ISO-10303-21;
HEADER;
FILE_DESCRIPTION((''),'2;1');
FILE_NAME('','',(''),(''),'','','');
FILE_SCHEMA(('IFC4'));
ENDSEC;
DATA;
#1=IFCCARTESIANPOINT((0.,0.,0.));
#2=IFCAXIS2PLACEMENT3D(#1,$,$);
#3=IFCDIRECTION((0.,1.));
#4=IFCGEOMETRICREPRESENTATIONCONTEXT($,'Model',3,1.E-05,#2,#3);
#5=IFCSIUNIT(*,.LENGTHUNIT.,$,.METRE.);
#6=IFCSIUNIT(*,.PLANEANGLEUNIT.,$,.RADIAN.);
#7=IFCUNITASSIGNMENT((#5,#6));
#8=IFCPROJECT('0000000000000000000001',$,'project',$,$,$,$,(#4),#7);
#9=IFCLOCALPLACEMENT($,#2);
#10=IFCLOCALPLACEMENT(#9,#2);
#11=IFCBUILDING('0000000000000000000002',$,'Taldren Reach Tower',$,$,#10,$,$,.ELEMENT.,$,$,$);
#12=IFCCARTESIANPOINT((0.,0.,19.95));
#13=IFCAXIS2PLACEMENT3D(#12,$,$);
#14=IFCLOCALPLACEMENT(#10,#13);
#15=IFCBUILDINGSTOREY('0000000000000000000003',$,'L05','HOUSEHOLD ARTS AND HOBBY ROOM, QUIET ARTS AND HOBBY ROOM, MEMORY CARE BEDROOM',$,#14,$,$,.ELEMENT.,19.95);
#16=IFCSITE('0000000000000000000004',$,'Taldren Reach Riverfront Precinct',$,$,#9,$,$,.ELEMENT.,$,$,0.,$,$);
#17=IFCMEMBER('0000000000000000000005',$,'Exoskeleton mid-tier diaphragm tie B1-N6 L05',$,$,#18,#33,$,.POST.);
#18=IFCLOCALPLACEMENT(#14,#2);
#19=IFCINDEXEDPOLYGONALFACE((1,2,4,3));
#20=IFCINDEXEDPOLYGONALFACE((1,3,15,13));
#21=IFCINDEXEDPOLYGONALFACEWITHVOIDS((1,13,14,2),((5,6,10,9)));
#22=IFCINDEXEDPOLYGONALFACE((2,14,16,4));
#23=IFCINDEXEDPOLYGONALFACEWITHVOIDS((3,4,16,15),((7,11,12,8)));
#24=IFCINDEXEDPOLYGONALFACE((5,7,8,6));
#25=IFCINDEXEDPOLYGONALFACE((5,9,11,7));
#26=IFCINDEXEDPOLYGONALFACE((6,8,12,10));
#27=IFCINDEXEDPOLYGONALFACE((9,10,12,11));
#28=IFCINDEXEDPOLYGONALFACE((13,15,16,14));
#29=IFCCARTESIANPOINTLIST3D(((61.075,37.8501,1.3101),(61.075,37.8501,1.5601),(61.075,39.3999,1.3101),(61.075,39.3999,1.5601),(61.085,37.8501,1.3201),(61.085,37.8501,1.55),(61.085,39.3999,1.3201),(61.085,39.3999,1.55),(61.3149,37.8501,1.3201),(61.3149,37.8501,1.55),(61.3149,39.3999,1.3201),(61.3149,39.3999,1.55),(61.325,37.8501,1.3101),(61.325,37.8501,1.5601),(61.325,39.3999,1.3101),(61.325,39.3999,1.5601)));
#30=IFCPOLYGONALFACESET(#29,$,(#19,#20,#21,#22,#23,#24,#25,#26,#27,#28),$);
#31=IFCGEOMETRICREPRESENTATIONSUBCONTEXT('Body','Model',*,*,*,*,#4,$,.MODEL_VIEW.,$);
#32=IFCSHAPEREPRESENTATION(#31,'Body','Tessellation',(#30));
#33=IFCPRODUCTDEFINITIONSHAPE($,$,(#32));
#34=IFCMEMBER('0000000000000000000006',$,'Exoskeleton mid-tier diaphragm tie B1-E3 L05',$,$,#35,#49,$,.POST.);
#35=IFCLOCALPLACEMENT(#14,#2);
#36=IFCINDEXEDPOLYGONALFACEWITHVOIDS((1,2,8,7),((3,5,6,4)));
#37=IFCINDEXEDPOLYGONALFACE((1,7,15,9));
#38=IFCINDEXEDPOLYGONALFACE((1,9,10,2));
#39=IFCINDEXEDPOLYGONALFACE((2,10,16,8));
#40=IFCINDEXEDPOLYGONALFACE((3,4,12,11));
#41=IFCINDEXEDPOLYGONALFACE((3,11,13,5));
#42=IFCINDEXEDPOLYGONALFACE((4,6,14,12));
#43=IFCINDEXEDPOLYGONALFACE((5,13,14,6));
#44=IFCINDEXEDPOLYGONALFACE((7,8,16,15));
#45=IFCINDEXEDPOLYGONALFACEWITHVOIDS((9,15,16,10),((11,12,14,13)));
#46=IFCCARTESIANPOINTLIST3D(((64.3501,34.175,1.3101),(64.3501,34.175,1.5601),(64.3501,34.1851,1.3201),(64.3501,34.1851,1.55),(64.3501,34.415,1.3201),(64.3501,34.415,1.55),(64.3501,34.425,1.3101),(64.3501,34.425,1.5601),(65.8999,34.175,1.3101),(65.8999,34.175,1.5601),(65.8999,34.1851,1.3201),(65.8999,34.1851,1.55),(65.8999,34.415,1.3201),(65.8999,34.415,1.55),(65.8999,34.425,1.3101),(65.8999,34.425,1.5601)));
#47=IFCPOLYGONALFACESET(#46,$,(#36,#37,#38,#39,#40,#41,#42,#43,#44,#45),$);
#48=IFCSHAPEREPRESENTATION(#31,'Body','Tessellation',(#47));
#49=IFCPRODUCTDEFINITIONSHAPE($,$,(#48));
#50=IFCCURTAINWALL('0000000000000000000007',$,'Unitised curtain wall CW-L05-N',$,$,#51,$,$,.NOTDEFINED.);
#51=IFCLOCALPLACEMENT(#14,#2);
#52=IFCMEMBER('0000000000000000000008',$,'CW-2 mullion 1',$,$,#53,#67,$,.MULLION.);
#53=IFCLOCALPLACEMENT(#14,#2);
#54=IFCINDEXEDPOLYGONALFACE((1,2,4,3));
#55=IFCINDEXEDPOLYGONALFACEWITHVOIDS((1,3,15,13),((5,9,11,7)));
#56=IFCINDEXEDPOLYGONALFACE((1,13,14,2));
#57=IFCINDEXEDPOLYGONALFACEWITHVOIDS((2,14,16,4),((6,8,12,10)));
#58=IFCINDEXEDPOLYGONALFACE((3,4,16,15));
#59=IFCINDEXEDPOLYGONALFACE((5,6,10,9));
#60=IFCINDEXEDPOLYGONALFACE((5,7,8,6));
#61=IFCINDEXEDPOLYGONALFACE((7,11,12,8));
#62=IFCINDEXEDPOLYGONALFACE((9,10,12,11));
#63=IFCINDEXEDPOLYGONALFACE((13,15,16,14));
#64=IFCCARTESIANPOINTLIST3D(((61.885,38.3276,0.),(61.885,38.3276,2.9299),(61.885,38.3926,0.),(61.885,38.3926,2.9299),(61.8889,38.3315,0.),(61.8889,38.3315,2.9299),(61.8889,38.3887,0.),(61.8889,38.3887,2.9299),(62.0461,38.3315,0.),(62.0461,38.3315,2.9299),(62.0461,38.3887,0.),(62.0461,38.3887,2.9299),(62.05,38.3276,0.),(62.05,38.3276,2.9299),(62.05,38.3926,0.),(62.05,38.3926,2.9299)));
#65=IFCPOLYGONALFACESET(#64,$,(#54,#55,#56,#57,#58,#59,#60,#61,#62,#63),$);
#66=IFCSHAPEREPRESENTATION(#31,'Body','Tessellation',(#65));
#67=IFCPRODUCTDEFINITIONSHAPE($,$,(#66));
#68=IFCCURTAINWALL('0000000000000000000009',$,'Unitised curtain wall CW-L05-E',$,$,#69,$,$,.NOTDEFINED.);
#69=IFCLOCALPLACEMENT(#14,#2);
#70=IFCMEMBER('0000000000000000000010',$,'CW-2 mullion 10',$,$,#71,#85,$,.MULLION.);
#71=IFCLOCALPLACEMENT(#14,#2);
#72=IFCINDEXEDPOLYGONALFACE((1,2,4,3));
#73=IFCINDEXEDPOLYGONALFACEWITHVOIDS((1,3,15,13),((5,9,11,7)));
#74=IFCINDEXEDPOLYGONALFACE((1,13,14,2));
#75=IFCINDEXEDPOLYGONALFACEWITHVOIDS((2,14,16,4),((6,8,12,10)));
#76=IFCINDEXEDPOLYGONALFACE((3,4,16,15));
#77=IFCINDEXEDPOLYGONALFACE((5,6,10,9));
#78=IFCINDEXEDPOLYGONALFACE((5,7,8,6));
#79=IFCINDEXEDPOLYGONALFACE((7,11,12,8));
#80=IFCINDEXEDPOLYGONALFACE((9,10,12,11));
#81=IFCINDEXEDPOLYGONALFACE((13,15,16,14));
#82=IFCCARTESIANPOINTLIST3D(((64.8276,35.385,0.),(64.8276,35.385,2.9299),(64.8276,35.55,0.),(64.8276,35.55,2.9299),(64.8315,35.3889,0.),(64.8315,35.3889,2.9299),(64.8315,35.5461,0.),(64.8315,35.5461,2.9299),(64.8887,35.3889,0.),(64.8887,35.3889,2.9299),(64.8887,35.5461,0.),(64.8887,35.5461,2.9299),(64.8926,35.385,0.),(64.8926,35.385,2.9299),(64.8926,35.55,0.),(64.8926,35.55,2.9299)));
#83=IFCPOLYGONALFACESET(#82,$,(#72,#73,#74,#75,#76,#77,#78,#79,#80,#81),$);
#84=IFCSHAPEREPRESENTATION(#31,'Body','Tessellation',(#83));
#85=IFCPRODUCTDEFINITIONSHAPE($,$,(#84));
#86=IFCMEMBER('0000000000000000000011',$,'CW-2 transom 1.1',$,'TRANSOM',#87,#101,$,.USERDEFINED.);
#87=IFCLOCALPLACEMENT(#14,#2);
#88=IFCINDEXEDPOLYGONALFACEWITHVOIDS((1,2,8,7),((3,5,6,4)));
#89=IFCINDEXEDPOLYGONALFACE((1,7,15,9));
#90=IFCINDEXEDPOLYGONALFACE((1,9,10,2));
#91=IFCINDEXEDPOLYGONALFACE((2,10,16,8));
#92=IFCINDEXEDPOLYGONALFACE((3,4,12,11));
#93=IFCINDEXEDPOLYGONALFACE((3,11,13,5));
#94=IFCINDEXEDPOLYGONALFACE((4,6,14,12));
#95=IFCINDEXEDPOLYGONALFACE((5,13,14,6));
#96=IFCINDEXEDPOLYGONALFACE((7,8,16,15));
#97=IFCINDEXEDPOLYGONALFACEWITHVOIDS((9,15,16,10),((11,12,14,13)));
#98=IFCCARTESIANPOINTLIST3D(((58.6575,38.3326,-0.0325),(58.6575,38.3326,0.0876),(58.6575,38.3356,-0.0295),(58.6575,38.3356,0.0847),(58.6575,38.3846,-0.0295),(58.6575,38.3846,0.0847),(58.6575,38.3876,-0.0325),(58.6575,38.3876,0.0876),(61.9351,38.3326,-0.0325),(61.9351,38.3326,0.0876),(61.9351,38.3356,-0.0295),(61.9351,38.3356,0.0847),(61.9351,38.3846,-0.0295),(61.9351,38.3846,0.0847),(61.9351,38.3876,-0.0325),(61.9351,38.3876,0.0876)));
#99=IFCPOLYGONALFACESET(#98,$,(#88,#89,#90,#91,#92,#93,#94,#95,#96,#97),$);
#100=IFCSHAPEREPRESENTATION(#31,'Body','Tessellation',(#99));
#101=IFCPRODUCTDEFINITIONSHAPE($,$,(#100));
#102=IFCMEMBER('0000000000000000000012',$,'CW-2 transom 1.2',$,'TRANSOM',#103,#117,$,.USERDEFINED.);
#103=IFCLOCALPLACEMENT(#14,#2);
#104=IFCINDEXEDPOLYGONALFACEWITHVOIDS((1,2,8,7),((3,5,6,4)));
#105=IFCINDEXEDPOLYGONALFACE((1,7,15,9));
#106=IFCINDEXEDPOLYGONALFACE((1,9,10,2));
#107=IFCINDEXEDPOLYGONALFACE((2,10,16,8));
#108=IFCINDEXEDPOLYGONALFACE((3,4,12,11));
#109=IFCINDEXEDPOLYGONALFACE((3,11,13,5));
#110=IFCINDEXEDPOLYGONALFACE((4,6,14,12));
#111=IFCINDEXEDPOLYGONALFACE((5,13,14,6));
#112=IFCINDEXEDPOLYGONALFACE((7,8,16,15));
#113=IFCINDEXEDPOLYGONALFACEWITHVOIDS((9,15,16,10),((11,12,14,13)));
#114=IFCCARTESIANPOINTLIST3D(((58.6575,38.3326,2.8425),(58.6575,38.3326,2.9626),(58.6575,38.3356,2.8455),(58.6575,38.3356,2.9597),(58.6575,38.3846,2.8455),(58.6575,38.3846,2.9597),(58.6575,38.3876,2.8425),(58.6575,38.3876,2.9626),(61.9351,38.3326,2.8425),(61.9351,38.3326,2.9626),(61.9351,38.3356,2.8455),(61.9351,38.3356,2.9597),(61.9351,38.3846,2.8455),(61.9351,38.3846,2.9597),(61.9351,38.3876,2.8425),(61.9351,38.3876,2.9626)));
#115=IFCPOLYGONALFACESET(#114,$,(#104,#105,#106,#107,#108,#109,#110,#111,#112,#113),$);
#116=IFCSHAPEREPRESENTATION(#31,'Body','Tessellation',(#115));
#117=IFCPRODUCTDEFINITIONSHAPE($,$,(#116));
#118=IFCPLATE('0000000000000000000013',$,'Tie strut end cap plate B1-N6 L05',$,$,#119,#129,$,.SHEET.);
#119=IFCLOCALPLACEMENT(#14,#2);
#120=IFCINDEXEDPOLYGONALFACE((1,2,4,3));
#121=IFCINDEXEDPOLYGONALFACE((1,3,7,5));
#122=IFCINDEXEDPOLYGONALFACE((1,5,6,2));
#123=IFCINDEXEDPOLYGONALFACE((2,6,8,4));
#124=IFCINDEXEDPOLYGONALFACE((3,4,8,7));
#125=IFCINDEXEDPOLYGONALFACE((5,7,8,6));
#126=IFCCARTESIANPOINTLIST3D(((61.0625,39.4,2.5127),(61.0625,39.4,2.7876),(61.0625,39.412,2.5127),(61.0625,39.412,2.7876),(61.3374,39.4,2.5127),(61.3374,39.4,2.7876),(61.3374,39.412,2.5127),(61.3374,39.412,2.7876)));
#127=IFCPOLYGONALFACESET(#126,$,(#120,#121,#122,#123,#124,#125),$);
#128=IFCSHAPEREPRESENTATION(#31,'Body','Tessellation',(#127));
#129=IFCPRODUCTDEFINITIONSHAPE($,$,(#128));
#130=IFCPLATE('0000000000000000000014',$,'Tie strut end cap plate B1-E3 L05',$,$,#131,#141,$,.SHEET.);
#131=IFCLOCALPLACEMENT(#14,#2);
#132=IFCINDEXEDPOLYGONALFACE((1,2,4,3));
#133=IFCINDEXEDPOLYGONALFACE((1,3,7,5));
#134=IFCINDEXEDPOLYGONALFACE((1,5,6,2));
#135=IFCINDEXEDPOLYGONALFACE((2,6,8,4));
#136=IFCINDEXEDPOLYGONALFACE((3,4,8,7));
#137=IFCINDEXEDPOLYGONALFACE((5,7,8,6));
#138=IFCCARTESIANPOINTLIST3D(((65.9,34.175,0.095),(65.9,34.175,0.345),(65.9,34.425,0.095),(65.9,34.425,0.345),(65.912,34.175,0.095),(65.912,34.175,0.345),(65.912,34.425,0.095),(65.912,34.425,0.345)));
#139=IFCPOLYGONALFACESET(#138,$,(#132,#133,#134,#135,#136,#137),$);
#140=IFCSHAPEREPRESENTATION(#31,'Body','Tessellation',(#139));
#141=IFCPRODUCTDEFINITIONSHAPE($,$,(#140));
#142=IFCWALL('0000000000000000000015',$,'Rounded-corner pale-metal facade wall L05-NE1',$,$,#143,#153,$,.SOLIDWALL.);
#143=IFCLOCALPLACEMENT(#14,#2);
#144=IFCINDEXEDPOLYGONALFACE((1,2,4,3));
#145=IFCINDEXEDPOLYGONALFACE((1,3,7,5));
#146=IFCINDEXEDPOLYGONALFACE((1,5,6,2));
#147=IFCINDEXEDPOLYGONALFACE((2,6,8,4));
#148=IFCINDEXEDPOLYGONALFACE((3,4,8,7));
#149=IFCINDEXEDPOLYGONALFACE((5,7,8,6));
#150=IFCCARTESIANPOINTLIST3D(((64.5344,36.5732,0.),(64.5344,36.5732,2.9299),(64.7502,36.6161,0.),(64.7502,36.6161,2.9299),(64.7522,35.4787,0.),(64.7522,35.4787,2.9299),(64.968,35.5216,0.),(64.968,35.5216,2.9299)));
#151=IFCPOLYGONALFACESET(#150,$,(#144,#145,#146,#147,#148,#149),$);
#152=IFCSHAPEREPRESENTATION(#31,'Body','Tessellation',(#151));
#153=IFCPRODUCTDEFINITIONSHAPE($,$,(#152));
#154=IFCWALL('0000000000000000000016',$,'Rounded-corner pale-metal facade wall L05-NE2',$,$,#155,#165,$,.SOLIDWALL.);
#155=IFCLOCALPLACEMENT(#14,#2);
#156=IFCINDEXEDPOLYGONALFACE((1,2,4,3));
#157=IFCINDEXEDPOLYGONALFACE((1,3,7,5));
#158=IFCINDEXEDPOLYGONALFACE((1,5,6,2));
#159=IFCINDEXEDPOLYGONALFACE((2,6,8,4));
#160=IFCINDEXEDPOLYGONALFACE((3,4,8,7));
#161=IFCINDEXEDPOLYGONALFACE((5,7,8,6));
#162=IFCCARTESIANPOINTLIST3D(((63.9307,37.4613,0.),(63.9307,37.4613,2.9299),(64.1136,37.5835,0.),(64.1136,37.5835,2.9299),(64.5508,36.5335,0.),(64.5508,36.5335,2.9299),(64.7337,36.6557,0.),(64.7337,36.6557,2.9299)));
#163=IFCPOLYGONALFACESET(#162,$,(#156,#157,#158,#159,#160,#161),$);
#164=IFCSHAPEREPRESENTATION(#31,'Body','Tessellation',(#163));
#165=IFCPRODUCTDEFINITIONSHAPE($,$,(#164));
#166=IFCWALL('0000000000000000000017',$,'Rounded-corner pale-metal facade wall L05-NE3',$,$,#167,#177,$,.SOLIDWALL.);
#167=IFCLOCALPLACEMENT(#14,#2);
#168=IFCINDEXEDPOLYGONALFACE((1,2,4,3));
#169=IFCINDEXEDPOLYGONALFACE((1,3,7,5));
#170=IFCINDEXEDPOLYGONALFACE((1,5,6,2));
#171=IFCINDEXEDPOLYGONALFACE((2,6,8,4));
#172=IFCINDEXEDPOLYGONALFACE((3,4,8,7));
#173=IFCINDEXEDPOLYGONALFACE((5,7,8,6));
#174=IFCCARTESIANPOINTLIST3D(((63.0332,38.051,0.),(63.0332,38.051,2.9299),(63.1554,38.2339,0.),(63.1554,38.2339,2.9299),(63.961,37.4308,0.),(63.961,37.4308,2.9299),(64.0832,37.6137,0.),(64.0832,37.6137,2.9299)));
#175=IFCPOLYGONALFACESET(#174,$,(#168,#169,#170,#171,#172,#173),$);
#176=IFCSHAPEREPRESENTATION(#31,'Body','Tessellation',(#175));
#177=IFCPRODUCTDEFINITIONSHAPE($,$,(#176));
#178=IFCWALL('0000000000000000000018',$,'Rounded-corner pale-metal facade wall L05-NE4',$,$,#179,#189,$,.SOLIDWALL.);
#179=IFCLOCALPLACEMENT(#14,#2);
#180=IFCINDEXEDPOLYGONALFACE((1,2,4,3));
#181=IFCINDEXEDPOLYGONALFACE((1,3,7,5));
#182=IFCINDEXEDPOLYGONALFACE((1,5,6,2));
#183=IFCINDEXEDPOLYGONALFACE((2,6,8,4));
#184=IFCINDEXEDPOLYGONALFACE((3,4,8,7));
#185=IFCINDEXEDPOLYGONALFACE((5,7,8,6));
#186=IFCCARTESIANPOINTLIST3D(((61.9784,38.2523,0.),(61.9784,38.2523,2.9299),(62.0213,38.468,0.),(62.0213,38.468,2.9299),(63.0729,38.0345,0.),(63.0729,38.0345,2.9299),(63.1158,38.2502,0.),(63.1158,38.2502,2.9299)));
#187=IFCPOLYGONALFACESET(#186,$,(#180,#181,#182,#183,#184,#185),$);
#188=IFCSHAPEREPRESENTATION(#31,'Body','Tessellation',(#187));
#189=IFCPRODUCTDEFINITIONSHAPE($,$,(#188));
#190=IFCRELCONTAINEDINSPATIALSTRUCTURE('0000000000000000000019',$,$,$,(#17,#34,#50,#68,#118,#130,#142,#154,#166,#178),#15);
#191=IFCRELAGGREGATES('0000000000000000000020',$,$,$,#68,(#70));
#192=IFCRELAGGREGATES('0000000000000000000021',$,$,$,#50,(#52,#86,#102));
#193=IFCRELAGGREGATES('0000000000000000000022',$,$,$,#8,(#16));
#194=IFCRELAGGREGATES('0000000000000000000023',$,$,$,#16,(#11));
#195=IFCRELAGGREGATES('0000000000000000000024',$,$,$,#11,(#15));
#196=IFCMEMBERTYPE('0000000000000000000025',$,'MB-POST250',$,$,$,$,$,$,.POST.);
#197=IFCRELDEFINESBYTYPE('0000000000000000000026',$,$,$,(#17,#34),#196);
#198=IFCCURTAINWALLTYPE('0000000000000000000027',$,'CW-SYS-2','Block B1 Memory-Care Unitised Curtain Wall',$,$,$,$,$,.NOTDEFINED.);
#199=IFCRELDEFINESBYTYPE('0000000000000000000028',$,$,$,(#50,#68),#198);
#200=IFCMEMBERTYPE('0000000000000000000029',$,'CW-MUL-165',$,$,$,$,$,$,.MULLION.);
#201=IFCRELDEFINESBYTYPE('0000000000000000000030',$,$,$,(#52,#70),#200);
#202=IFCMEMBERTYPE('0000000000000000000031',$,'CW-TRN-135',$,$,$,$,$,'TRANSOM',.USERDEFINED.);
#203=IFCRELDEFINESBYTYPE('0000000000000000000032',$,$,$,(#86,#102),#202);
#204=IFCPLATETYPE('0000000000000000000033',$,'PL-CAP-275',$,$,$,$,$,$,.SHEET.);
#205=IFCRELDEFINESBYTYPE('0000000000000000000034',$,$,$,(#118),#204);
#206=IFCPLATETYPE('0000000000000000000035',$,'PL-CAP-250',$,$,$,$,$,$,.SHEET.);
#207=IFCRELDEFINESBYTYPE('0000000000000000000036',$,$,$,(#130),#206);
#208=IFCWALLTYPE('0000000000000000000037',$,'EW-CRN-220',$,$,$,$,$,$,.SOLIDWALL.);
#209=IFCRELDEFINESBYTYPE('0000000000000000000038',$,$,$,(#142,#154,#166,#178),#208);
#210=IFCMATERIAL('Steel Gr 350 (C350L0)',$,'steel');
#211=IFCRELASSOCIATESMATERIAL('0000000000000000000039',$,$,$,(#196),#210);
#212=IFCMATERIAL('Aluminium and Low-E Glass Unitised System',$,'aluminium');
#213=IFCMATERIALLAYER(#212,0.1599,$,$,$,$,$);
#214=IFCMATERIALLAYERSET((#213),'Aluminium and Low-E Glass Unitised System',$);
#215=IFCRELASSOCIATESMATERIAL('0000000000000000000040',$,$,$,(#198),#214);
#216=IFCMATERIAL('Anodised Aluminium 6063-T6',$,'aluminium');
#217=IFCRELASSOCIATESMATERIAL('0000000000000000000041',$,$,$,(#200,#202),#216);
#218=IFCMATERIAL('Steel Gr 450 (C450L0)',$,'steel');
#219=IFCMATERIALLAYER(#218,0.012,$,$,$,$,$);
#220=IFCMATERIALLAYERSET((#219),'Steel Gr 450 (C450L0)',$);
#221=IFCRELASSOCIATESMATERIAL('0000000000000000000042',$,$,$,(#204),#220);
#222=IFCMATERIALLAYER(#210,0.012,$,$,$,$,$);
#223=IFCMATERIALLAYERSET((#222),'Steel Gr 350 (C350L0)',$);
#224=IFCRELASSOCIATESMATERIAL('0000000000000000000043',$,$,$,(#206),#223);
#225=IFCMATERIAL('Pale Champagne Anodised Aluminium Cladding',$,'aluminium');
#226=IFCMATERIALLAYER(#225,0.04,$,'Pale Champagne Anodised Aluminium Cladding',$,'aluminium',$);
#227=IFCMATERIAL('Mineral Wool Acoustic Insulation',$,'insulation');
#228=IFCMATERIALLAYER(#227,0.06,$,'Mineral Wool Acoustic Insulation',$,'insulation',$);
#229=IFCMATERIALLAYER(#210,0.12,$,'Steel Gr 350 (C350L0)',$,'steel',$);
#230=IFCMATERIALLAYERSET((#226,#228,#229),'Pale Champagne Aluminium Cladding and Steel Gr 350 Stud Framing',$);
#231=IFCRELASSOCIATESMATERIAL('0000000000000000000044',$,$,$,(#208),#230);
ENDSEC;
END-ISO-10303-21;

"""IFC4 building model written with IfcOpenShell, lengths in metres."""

from ifc_helpers import new_model, si_unit, direction, frame, frame_2d, origin, origin_2d, place, context, subcontext, project, spatial, rectangle, hollow_rectangle, extrude, source, transform, mapped, material, layer, layer_set, material_profile, profile_set, type_object, element, aggregate, save


model = new_model("IFC4")

# Units and contexts
model_context = context("Model", 3, precision=1e-05, world=origin(), true_north=direction((0.0, 1.0)))
body_context = subcontext(model_context, "Body", "Model", "MODEL_VIEW")
ifc_project = project(units=[si_unit("LENGTHUNIT", "METRE"), si_unit("PLANEANGLEUNIT", "RADIAN")], contexts=[model_context])

# Site, building, storey
site_placement = place(None, origin())
site = spatial("IfcSite", under=ifc_project, at=site_placement, Name="Taldren Reach Riverfront Precinct", CompositionType="ELEMENT", RefElevation=0.0)
building_placement = place(site_placement, origin())
building = spatial("IfcBuilding", under=site, at=building_placement, Name="Taldren Reach Tower", CompositionType="ELEMENT")
storey_placement = place(building_placement, frame((0.0, 0.0, 19.95)))
storey = spatial("IfcBuildingStorey", under=building, at=storey_placement, Name="L05", Description="HOUSEHOLD ARTS AND HOBBY ROOM, QUIET ARTS AND HOBBY ROOM, MEMORY CARE BEDROOM", CompositionType="ELEMENT", Elevation=19.95)

# Members
ifc_material_1 = material(Name="Steel Gr 450 (C450L0)", Category="steel")
ifc_material_2 = material(Name="Steel Gr 350 (C350L0)", Category="steel")
ifc_material_profile_1 = material_profile(ifc_material_2, hollow_rectangle(XDim=0.25, YDim=0.25, WallThickness=0.01, at=origin_2d()), Name="250x250x10.0SHS")
ifc_profile_set_1 = profile_set([ifc_material_profile_1], Name="Steel Gr 350 (C350L0)")
member_type_1 = type_object("IfcMemberType", Name="MB-POST250", PredefinedType="POST", material=ifc_profile_set_1)
shared_shape_1 = source(origin(), body_context, "Body", "SweptSolid", [
    extrude(hollow_rectangle(XDim=0.25, YDim=0.25, WallThickness=0.01, at=origin_2d()), origin(), (0.0, 0.0, 1.0), 1.5498),
])
for number, where, z_axis, x_axis, name in (
    (1, (61.2, 37.8501, 1.4351), (0.0, 1.0, 0.0), (-1.0, 0.0, 0.0), "Exoskeleton mid-tier diaphragm tie B1-N6 L05"),
    (2, (64.3501, 34.3, 1.4351), (1.0, 0.0, 0.0), (0.0, 1.0, 0.0), "Exoskeleton mid-tier diaphragm tie B1-E3 L05"),
):
    element("IfcMember", number, at=place(storey_placement, frame(where, z_axis=z_axis, x_axis=x_axis)), inside=storey, type_object=member_type_1, Name=name, PredefinedType="POST", context=body_context, shape_type="MappedRepresentation", body=[
        mapped(shared_shape_1, transform((0.0, 0.0, 0.0), scale=1.0)),
    ])

# Curtain walls, members
ifc_material_3 = material(Name="Aluminium and Low-E Glass Unitised System", Category="aluminium")
ifc_layer_1 = layer(ifc_material_3, 0.1599)
ifc_layer_set_1 = layer_set([ifc_layer_1], Name="Aluminium and Low-E Glass Unitised System")
curtain_wall_type = type_object("IfcCurtainWallType", Name="CW-SYS-2", Description="Block B1 Memory-Care Unitised Curtain Wall", PredefinedType="NOTDEFINED", material=ifc_layer_set_1)
curtain_wall_1_placement = place(storey_placement, origin())
curtain_wall_1 = element("IfcCurtainWall", 3, at=curtain_wall_1_placement, inside=storey, type_object=curtain_wall_type, Name="Unitised curtain wall CW-L05-N", PredefinedType="NOTDEFINED")
ifc_material_4 = material(Name="Anodised Aluminium 6063-T6", Category="aluminium")
ifc_material_profile_2 = material_profile(ifc_material_4, hollow_rectangle(XDim=0.0649, YDim=0.165, WallThickness=0.0039, at=origin_2d()), Name="ALU-165x65x4RHS")
ifc_profile_set_2 = profile_set([ifc_material_profile_2], Name="Anodised Aluminium 6063-T6")
member_type_2 = type_object("IfcMemberType", Name="CW-MUL-165", PredefinedType="MULLION", material=ifc_profile_set_2)
shared_shape_2 = source(origin(), body_context, "Body", "SweptSolid", [
    extrude(hollow_rectangle(XDim=0.0649, YDim=0.165, WallThickness=0.0039, at=origin_2d()), origin(), (0.0, 0.0, 1.0), 2.9299),
])
member_1_placement = place(storey_placement, frame((61.9675, 38.3601, 0.0), z_axis=(0.0, 0.0, 1.0), x_axis=(0.0, -1.0, 0.0)))
member_1 = element("IfcMember", 4, at=member_1_placement, type_object=member_type_2, Name="CW-2 mullion 1", PredefinedType="MULLION", context=body_context, shape_type="MappedRepresentation", body=[
    mapped(shared_shape_2, transform((0.0, 0.0, 0.0), scale=1.0)),
])
curtain_wall_2_placement = place(storey_placement, origin())
curtain_wall_2 = element("IfcCurtainWall", 5, at=curtain_wall_2_placement, inside=storey, type_object=curtain_wall_type, Name="Unitised curtain wall CW-L05-E", PredefinedType="NOTDEFINED")
member_2_placement = place(storey_placement, frame((64.8601, 35.4675, 0.0), z_axis=(0.0, 0.0, 1.0), x_axis=(-1.0, 0.0, 0.0)))
member_2 = element("IfcMember", 6, at=member_2_placement, type_object=member_type_2, Name="CW-2 mullion 10", PredefinedType="MULLION", context=body_context, shape_type="MappedRepresentation", body=[
    mapped(shared_shape_2, transform((0.0, 0.0, 0.0), scale=1.0)),
])
aggregate(curtain_wall_2, [member_2])

# Members
ifc_material_profile_3 = material_profile(ifc_material_4, hollow_rectangle(XDim=0.0549, YDim=0.1201, WallThickness=0.0029, at=origin_2d()), Name="ALU-120x55x3RHS")
ifc_profile_set_3 = profile_set([ifc_material_profile_3], Name="Anodised Aluminium 6063-T6")
member_type_3 = type_object("IfcMemberType", Name="CW-TRN-135", ElementType="TRANSOM", PredefinedType="USERDEFINED", material=ifc_profile_set_3)
shared_shape_3 = source(origin(), body_context, "Body", "SweptSolid", [
    extrude(hollow_rectangle(XDim=0.0549, YDim=0.1201, WallThickness=0.0029, at=origin_2d()), origin(), (0.0, 0.0, 1.0), 3.2776),
])
member_3_placement = place(storey_placement, frame((61.9351, 38.3601, 0.0276), z_axis=(-1.0, 0.0, 0.0), x_axis=(0.0, -1.0, 0.0)))
member_3 = element("IfcMember", 7, at=member_3_placement, type_object=member_type_3, Name="CW-2 transom 1.1", ObjectType="TRANSOM", PredefinedType="USERDEFINED", context=body_context, shape_type="MappedRepresentation", body=[
    mapped(shared_shape_3, transform((0.0, 0.0, 0.0), scale=1.0)),
])
member_4_placement = place(storey_placement, frame((61.9351, 38.3601, 2.9026), z_axis=(-1.0, 0.0, 0.0), x_axis=(0.0, -1.0, 0.0)))
member_4 = element("IfcMember", 8, at=member_4_placement, type_object=member_type_3, Name="CW-2 transom 1.2", ObjectType="TRANSOM", PredefinedType="USERDEFINED", context=body_context, shape_type="MappedRepresentation", body=[
    mapped(shared_shape_3, transform((0.0, 0.0, 0.0), scale=1.0)),
])
aggregate(curtain_wall_1, [member_1, member_3, member_4])

# Plates
ifc_layer_2 = layer(ifc_material_1, 0.012)
ifc_layer_set_2 = layer_set([ifc_layer_2], Name="Steel Gr 450 (C450L0)")
plate_type_1 = type_object("IfcPlateType", Name="PL-CAP-275", PredefinedType="SHEET", material=ifc_layer_set_2)
shared_shape_4 = source(origin(), body_context, "Body", "SweptSolid", [
    extrude(rectangle(XDim=0.2749, YDim=0.012, at=origin_2d()), origin(), (0.0, 0.0, 1.0), 0.2749),
])
plate_1_placement = place(storey_placement, frame((61.2, 39.406, 2.5127), z_axis=(0.0, 0.0, 1.0), x_axis=(1.0, 0.0, 0.0)))
element("IfcPlate", 9, at=plate_1_placement, inside=storey, type_object=plate_type_1, Name="Tie strut end cap plate B1-N6 L05", PredefinedType="SHEET", context=body_context, shape_type="MappedRepresentation", body=[
    mapped(shared_shape_4, transform((0.0, 0.0, 0.0), scale=1.0)),
])
ifc_layer_3 = layer(ifc_material_2, 0.012)
ifc_layer_set_3 = layer_set([ifc_layer_3], Name="Steel Gr 350 (C350L0)")
plate_type_2 = type_object("IfcPlateType", Name="PL-CAP-250", PredefinedType="SHEET", material=ifc_layer_set_3)
shared_shape_5 = source(origin(), body_context, "Body", "SweptSolid", [
    extrude(rectangle(XDim=0.012, YDim=0.25, at=origin_2d()), origin(), (0.0, 0.0, 1.0), 0.25),
])
plate_2_placement = place(storey_placement, frame((65.906, 34.3, 0.095), z_axis=(0.0, 0.0, 1.0), x_axis=(1.0, 0.0, 0.0)))
element("IfcPlate", 10, at=plate_2_placement, inside=storey, type_object=plate_type_2, Name="Tie strut end cap plate B1-E3 L05", PredefinedType="SHEET", context=body_context, shape_type="MappedRepresentation", body=[
    mapped(shared_shape_5, transform((0.0, 0.0, 0.0), scale=1.0)),
])

# Walls
ifc_material_5 = material(Name="Pale Champagne Anodised Aluminium Cladding", Category="aluminium")
ifc_layer_4 = layer(ifc_material_5, 0.04, Name="Pale Champagne Anodised Aluminium Cladding", Category="aluminium")
ifc_material_6 = material(Name="Mineral Wool Acoustic Insulation", Category="insulation")
ifc_layer_5 = layer(ifc_material_6, 0.06, Name="Mineral Wool Acoustic Insulation", Category="insulation")
ifc_layer_6 = layer(ifc_material_2, 0.12, Name="Steel Gr 350 (C350L0)", Category="steel")
ifc_layer_set_4 = layer_set([ifc_layer_4, ifc_layer_5, ifc_layer_6], Name="Pale Champagne Aluminium Cladding and Steel Gr 350 Stud Framing")
wall_type = type_object("IfcWallType", Name="EW-CRN-220", PredefinedType="SOLIDWALL", material=ifc_layer_set_4)
shared_shape_6 = source(origin(), body_context, "Body", "SweptSolid", [
    extrude(rectangle(XDim=1.116, YDim=0.22, at=frame_2d((0.5581, 0.0))), origin(), (0.0, 0.0, 1.0), 2.9299),
])
for number, where, z_axis, x_axis, name in (
    (11, (64.8601, 35.5, 0.0), (0.0, 0.0, 1.0), (-0.195148, 0.980774, 0.0), "Rounded-corner pale-metal facade wall L05-NE1"),
    (12, (64.6423, 36.5945, 0.0), (0.0, 0.0, 1.0), (-0.55571, 0.831377, 0.0), "Rounded-corner pale-metal facade wall L05-NE2"),
    (13, (64.0222, 37.5222, 0.0), (0.0, 0.0, 1.0), (-0.831377, 0.55571, 0.0), "Rounded-corner pale-metal facade wall L05-NE3"),
    (14, (63.0945, 38.1423, 0.0), (0.0, 0.0, 1.0), (-0.980774, 0.195148, 0.0), "Rounded-corner pale-metal facade wall L05-NE4"),
):
    element("IfcWall", number, at=place(storey_placement, frame(where, z_axis=z_axis, x_axis=x_axis)), inside=storey, type_object=wall_type, Name=name, PredefinedType="SOLIDWALL", context=body_context, shape_type="MappedRepresentation", body=[
        mapped(shared_shape_6, transform((0.0, 0.0, 0.0), scale=1.0)),
    ])

save(model, "model.ifc")
